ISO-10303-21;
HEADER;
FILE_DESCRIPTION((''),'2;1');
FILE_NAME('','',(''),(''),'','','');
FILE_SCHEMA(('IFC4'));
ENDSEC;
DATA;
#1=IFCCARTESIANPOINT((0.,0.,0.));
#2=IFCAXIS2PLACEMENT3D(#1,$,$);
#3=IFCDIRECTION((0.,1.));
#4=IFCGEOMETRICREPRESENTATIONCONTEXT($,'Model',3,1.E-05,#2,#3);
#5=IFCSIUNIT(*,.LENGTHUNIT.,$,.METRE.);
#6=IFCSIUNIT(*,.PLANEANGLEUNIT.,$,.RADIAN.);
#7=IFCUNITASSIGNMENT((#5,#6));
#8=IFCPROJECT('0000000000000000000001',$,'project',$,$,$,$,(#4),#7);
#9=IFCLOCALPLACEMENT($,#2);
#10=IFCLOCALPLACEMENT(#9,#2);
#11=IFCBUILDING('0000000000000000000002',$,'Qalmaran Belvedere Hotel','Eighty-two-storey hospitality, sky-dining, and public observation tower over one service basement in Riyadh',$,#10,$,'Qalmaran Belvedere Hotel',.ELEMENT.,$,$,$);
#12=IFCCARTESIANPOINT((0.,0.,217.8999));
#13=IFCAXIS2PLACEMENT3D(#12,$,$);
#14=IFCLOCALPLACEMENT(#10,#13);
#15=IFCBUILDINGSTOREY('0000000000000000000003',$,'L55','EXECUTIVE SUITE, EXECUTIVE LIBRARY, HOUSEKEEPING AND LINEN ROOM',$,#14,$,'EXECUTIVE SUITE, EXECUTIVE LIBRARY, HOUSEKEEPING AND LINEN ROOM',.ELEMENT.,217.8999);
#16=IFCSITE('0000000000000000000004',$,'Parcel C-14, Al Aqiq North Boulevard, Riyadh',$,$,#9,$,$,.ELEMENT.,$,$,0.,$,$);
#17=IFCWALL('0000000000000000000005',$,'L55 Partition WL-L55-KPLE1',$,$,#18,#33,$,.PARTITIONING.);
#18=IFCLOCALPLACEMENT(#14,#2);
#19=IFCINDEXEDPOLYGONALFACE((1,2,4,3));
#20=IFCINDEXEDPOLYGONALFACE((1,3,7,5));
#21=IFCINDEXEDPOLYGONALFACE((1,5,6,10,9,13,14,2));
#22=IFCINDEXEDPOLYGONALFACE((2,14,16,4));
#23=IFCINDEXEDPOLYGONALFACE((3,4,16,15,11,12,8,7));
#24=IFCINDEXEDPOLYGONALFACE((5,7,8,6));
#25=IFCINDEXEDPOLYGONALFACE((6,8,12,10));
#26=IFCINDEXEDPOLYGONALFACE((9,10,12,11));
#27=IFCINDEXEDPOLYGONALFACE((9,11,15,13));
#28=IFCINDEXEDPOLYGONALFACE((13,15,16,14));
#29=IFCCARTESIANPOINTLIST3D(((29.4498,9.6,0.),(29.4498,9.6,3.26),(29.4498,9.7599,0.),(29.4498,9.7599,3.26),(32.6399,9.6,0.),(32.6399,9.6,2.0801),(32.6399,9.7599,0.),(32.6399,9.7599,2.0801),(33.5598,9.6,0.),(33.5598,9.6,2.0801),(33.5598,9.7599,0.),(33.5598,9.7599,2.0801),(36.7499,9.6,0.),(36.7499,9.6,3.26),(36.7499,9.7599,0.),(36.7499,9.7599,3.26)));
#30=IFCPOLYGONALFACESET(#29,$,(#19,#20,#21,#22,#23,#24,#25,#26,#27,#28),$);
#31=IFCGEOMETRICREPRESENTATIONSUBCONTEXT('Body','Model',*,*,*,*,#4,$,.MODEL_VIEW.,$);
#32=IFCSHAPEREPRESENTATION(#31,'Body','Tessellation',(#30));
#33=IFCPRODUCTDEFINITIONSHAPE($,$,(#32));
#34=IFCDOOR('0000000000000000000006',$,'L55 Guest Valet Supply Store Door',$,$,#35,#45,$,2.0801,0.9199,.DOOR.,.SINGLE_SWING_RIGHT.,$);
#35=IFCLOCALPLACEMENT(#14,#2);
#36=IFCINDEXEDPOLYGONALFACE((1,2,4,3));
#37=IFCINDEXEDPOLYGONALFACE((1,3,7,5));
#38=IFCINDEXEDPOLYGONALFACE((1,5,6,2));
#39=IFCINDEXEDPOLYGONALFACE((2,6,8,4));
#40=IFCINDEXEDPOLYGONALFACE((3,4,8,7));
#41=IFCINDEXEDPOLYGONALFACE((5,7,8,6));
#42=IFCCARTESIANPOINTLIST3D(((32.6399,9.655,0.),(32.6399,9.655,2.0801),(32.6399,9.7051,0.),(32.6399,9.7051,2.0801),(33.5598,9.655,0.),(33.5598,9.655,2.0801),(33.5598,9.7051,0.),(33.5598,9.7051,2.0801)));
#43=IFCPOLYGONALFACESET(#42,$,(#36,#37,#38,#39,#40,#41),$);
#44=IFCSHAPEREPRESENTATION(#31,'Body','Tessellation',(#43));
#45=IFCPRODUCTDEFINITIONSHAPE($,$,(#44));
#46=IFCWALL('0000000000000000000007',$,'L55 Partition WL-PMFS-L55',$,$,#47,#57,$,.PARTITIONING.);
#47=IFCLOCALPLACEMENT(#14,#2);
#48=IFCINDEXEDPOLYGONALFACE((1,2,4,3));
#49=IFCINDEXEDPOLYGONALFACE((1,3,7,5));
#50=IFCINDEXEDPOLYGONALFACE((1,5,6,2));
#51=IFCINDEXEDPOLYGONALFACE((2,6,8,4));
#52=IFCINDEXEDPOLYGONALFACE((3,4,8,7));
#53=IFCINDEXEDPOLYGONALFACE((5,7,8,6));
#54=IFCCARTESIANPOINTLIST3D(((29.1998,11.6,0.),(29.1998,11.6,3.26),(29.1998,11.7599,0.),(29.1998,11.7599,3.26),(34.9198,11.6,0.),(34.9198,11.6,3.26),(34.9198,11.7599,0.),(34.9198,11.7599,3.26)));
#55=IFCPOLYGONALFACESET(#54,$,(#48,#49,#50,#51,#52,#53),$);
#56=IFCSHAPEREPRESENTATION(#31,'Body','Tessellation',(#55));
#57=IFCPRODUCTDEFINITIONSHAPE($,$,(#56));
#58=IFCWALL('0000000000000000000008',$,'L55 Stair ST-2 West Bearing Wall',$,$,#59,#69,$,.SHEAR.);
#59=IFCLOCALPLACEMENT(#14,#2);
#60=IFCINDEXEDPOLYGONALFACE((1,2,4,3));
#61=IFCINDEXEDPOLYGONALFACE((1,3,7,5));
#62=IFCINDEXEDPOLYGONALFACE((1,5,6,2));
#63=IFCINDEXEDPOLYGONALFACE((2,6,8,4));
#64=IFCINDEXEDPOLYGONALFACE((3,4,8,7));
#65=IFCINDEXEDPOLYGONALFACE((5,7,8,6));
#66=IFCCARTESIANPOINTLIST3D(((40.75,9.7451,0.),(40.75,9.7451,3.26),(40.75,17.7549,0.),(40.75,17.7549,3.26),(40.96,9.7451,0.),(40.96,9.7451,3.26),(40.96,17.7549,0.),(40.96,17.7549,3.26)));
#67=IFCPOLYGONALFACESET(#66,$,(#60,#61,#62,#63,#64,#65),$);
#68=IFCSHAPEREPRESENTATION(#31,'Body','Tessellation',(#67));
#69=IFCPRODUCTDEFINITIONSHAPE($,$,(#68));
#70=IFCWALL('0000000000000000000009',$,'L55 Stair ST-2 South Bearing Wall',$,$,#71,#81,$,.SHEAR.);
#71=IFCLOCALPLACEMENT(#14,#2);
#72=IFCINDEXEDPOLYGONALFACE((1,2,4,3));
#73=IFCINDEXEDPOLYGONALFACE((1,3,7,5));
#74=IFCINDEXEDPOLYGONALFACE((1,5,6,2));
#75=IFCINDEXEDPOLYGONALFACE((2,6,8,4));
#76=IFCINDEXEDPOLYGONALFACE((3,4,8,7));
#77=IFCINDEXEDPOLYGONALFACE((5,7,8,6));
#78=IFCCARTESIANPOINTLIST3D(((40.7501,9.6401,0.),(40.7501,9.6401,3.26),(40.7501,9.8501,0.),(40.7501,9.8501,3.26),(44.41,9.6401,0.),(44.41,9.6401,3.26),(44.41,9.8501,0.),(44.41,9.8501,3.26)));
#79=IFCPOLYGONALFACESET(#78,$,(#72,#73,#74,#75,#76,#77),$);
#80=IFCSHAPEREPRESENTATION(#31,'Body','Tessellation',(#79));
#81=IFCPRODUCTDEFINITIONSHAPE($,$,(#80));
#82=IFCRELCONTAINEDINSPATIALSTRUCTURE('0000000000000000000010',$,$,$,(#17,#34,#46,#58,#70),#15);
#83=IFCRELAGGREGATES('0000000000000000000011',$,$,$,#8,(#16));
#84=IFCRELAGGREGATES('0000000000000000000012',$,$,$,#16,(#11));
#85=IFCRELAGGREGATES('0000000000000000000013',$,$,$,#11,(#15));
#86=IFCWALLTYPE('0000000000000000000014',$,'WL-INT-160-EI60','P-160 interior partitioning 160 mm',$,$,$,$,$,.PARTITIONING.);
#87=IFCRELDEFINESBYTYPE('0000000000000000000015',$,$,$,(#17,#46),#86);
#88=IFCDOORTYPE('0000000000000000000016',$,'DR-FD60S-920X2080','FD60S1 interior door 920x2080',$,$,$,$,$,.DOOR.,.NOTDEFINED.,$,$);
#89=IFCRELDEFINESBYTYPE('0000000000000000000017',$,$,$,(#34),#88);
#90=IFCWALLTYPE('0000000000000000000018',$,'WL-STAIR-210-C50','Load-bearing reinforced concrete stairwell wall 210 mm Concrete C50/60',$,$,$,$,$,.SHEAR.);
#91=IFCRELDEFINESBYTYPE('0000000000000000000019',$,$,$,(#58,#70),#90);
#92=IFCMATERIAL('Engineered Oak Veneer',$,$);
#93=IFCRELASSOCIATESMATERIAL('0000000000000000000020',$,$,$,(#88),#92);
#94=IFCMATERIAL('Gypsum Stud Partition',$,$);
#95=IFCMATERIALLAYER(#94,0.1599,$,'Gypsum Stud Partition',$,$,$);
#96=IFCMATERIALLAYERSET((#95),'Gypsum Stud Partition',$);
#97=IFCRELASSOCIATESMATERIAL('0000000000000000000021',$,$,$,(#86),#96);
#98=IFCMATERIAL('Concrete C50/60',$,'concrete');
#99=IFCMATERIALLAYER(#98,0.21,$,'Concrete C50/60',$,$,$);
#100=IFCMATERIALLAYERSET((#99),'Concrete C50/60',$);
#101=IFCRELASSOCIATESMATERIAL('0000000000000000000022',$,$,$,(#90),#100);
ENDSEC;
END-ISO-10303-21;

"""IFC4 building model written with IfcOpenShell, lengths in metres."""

from ifc_helpers import new_model, si_unit, direction, frame, frame_2d, origin, place, context, subcontext, project, spatial, rectangle, extrude, material, layer, layer_set, type_object, element, fill, save


model = new_model("IFC4")

# Units and contexts
model_context = context("Model", 3, precision=1e-05, world=origin(), true_north=direction((0.0, 1.0)))
body_context = subcontext(model_context, "Body", "Model", "MODEL_VIEW")
ifc_project = project(units=[si_unit("LENGTHUNIT", "METRE"), si_unit("PLANEANGLEUNIT", "RADIAN")], contexts=[model_context])

# Site, building, storey
site_placement = place(None, origin())
site = spatial("IfcSite", under=ifc_project, at=site_placement, Name="Parcel C-14, Al Aqiq North Boulevard, Riyadh", CompositionType="ELEMENT", RefElevation=0.0)
building_placement = place(site_placement, origin())
building = spatial("IfcBuilding", under=site, at=building_placement, Name="Qalmaran Belvedere Hotel", Description="Eighty-two-storey hospitality, sky-dining, and public observation tower over one service basement in Riyadh", LongName="Qalmaran Belvedere Hotel", CompositionType="ELEMENT")
storey_placement = place(building_placement, frame((0.0, 0.0, 217.8999)))
storey = spatial("IfcBuildingStorey", under=building, at=storey_placement, Name="L55", Description="EXECUTIVE SUITE, EXECUTIVE LIBRARY, HOUSEKEEPING AND LINEN ROOM", LongName="EXECUTIVE SUITE, EXECUTIVE LIBRARY, HOUSEKEEPING AND LINEN ROOM", CompositionType="ELEMENT", Elevation=217.8999)

# Shared definitions
ifc_material_1 = material(Name="Concrete C50/60", Category="concrete")

# Shared definitions
ifc_material_2 = material(Name="Gypsum Stud Partition")

# Shared definitions
ifc_material_3 = material(Name="Engineered Oak Veneer")
door_type_1 = type_object("IfcDoorType", Name="DR-FD60S-920X2080", Description="FD60S1 interior door 920x2080", OperationType="NOTDEFINED", PredefinedType="DOOR", material=ifc_material_3)
ifc_layer_1 = layer(ifc_material_2, 0.1599, Name="Gypsum Stud Partition")
ifc_layer_set_1 = layer_set([ifc_layer_1], Name="Gypsum Stud Partition")
wall_type_1 = type_object("IfcWallType", Name="WL-INT-160-EI60", Description="P-160 interior partitioning 160 mm", PredefinedType="PARTITIONING", material=ifc_layer_set_1)

# Wall, opening, door
wall_1_placement = place(storey_placement, frame((29.45, 9.6799, 0.0), z_axis=(0.0, 0.0, 1.0), x_axis=(1.0, 0.0, 0.0)))
wall_1 = element("IfcWall", 1, at=wall_1_placement, inside=storey, type_object=wall_type_1, Name="L55 Partition WL-L55-KPLE1", PredefinedType="PARTITIONING", context=body_context, shape_type="SweptSolid", body=[
    extrude(rectangle(XDim=7.3, YDim=0.1599, at=frame_2d((3.6499, 0.0))), origin(), (0.0, 0.0, 1.0), 3.26),
])
opening_1_placement = place(wall_1_placement, frame((4.1099, 0.0, 0.0), z_axis=(0.0, 0.0, 1.0), x_axis=(-1.0, 0.0, 0.0)))
opening_1 = element("IfcOpeningElement", 2, at=opening_1_placement, cuts=wall_1, PredefinedType="OPENING", context=body_context, shape_type="SweptSolid", body=[
    extrude(rectangle(XDim=0.9199, YDim=2.0801, at=frame_2d((0.46, 1.04))), frame((0.0, 0.0898, 0.0), z_axis=(0.0, -1.0, 0.0), x_axis=(1.0, 0.0, 0.0)), (0.0, 0.0, 1.0), 0.1799),
])
door_1_placement = place(opening_1_placement, origin())
door_1 = element("IfcDoor", 3, at=door_1_placement, inside=storey, type_object=door_type_1, Name="L55 Guest Valet Supply Store Door", OperationType="SINGLE_SWING_RIGHT", OverallHeight=2.0801, OverallWidth=0.9199, PredefinedType="DOOR", context=body_context, shape_type="SweptSolid", body=[
    extrude(rectangle(XDim=0.9199, YDim=2.0801, at=frame_2d((0.46, 1.04))), frame((0.0, 0.0249, 0.0), z_axis=(0.0, -1.0, 0.0), x_axis=(1.0, 0.0, 0.0)), (0.0, 0.0, 1.0), 0.05),
])
fill(opening_1, door_1)

# Walls
wall_2_placement = place(storey_placement, frame((29.2, 11.6799, 0.0), z_axis=(0.0, 0.0, 1.0), x_axis=(1.0, 0.0, 0.0)))
element("IfcWall", 4, at=wall_2_placement, inside=storey, type_object=wall_type_1, Name="L55 Partition WL-PMFS-L55", PredefinedType="PARTITIONING", context=body_context, shape_type="SweptSolid", body=[
    extrude(rectangle(XDim=5.72, YDim=0.1599, at=frame_2d((2.8599, 0.0))), origin(), (0.0, 0.0, 1.0), 3.26),
])
ifc_layer_2 = layer(ifc_material_1, 0.21, Name="Concrete C50/60")
ifc_layer_set_2 = layer_set([ifc_layer_2], Name="Concrete C50/60")
wall_type_2 = type_object("IfcWallType", Name="WL-STAIR-210-C50", Description="Load-bearing reinforced concrete stairwell wall 210 mm Concrete C50/60", PredefinedType="SHEAR", material=ifc_layer_set_2)
wall_3_placement = place(storey_placement, frame((40.855, 9.7451, 0.0), z_axis=(0.0, 0.0, 1.0), x_axis=(0.0, 1.0, 0.0)))
element("IfcWall", 5, at=wall_3_placement, inside=storey, type_object=wall_type_2, Name="L55 Stair ST-2 West Bearing Wall", PredefinedType="SHEAR", context=body_context, shape_type="SweptSolid", body=[
    extrude(rectangle(XDim=8.0098, YDim=0.21, at=frame_2d((4.0049, 0.0))), origin(), (0.0, 0.0, 1.0), 3.26),
])
wall_4_placement = place(storey_placement, frame((40.75, 9.7451, 0.0), z_axis=(0.0, 0.0, 1.0), x_axis=(1.0, 0.0, 0.0)))
element("IfcWall", 6, at=wall_4_placement, inside=storey, type_object=wall_type_2, Name="L55 Stair ST-2 South Bearing Wall", PredefinedType="SHEAR", context=body_context, shape_type="SweptSolid", body=[
    extrude(rectangle(XDim=3.6599, YDim=0.21, at=frame_2d((1.8301, 0.0))), origin(), (0.0, 0.0, 1.0), 3.26),
])

save(model, "model.ifc")
